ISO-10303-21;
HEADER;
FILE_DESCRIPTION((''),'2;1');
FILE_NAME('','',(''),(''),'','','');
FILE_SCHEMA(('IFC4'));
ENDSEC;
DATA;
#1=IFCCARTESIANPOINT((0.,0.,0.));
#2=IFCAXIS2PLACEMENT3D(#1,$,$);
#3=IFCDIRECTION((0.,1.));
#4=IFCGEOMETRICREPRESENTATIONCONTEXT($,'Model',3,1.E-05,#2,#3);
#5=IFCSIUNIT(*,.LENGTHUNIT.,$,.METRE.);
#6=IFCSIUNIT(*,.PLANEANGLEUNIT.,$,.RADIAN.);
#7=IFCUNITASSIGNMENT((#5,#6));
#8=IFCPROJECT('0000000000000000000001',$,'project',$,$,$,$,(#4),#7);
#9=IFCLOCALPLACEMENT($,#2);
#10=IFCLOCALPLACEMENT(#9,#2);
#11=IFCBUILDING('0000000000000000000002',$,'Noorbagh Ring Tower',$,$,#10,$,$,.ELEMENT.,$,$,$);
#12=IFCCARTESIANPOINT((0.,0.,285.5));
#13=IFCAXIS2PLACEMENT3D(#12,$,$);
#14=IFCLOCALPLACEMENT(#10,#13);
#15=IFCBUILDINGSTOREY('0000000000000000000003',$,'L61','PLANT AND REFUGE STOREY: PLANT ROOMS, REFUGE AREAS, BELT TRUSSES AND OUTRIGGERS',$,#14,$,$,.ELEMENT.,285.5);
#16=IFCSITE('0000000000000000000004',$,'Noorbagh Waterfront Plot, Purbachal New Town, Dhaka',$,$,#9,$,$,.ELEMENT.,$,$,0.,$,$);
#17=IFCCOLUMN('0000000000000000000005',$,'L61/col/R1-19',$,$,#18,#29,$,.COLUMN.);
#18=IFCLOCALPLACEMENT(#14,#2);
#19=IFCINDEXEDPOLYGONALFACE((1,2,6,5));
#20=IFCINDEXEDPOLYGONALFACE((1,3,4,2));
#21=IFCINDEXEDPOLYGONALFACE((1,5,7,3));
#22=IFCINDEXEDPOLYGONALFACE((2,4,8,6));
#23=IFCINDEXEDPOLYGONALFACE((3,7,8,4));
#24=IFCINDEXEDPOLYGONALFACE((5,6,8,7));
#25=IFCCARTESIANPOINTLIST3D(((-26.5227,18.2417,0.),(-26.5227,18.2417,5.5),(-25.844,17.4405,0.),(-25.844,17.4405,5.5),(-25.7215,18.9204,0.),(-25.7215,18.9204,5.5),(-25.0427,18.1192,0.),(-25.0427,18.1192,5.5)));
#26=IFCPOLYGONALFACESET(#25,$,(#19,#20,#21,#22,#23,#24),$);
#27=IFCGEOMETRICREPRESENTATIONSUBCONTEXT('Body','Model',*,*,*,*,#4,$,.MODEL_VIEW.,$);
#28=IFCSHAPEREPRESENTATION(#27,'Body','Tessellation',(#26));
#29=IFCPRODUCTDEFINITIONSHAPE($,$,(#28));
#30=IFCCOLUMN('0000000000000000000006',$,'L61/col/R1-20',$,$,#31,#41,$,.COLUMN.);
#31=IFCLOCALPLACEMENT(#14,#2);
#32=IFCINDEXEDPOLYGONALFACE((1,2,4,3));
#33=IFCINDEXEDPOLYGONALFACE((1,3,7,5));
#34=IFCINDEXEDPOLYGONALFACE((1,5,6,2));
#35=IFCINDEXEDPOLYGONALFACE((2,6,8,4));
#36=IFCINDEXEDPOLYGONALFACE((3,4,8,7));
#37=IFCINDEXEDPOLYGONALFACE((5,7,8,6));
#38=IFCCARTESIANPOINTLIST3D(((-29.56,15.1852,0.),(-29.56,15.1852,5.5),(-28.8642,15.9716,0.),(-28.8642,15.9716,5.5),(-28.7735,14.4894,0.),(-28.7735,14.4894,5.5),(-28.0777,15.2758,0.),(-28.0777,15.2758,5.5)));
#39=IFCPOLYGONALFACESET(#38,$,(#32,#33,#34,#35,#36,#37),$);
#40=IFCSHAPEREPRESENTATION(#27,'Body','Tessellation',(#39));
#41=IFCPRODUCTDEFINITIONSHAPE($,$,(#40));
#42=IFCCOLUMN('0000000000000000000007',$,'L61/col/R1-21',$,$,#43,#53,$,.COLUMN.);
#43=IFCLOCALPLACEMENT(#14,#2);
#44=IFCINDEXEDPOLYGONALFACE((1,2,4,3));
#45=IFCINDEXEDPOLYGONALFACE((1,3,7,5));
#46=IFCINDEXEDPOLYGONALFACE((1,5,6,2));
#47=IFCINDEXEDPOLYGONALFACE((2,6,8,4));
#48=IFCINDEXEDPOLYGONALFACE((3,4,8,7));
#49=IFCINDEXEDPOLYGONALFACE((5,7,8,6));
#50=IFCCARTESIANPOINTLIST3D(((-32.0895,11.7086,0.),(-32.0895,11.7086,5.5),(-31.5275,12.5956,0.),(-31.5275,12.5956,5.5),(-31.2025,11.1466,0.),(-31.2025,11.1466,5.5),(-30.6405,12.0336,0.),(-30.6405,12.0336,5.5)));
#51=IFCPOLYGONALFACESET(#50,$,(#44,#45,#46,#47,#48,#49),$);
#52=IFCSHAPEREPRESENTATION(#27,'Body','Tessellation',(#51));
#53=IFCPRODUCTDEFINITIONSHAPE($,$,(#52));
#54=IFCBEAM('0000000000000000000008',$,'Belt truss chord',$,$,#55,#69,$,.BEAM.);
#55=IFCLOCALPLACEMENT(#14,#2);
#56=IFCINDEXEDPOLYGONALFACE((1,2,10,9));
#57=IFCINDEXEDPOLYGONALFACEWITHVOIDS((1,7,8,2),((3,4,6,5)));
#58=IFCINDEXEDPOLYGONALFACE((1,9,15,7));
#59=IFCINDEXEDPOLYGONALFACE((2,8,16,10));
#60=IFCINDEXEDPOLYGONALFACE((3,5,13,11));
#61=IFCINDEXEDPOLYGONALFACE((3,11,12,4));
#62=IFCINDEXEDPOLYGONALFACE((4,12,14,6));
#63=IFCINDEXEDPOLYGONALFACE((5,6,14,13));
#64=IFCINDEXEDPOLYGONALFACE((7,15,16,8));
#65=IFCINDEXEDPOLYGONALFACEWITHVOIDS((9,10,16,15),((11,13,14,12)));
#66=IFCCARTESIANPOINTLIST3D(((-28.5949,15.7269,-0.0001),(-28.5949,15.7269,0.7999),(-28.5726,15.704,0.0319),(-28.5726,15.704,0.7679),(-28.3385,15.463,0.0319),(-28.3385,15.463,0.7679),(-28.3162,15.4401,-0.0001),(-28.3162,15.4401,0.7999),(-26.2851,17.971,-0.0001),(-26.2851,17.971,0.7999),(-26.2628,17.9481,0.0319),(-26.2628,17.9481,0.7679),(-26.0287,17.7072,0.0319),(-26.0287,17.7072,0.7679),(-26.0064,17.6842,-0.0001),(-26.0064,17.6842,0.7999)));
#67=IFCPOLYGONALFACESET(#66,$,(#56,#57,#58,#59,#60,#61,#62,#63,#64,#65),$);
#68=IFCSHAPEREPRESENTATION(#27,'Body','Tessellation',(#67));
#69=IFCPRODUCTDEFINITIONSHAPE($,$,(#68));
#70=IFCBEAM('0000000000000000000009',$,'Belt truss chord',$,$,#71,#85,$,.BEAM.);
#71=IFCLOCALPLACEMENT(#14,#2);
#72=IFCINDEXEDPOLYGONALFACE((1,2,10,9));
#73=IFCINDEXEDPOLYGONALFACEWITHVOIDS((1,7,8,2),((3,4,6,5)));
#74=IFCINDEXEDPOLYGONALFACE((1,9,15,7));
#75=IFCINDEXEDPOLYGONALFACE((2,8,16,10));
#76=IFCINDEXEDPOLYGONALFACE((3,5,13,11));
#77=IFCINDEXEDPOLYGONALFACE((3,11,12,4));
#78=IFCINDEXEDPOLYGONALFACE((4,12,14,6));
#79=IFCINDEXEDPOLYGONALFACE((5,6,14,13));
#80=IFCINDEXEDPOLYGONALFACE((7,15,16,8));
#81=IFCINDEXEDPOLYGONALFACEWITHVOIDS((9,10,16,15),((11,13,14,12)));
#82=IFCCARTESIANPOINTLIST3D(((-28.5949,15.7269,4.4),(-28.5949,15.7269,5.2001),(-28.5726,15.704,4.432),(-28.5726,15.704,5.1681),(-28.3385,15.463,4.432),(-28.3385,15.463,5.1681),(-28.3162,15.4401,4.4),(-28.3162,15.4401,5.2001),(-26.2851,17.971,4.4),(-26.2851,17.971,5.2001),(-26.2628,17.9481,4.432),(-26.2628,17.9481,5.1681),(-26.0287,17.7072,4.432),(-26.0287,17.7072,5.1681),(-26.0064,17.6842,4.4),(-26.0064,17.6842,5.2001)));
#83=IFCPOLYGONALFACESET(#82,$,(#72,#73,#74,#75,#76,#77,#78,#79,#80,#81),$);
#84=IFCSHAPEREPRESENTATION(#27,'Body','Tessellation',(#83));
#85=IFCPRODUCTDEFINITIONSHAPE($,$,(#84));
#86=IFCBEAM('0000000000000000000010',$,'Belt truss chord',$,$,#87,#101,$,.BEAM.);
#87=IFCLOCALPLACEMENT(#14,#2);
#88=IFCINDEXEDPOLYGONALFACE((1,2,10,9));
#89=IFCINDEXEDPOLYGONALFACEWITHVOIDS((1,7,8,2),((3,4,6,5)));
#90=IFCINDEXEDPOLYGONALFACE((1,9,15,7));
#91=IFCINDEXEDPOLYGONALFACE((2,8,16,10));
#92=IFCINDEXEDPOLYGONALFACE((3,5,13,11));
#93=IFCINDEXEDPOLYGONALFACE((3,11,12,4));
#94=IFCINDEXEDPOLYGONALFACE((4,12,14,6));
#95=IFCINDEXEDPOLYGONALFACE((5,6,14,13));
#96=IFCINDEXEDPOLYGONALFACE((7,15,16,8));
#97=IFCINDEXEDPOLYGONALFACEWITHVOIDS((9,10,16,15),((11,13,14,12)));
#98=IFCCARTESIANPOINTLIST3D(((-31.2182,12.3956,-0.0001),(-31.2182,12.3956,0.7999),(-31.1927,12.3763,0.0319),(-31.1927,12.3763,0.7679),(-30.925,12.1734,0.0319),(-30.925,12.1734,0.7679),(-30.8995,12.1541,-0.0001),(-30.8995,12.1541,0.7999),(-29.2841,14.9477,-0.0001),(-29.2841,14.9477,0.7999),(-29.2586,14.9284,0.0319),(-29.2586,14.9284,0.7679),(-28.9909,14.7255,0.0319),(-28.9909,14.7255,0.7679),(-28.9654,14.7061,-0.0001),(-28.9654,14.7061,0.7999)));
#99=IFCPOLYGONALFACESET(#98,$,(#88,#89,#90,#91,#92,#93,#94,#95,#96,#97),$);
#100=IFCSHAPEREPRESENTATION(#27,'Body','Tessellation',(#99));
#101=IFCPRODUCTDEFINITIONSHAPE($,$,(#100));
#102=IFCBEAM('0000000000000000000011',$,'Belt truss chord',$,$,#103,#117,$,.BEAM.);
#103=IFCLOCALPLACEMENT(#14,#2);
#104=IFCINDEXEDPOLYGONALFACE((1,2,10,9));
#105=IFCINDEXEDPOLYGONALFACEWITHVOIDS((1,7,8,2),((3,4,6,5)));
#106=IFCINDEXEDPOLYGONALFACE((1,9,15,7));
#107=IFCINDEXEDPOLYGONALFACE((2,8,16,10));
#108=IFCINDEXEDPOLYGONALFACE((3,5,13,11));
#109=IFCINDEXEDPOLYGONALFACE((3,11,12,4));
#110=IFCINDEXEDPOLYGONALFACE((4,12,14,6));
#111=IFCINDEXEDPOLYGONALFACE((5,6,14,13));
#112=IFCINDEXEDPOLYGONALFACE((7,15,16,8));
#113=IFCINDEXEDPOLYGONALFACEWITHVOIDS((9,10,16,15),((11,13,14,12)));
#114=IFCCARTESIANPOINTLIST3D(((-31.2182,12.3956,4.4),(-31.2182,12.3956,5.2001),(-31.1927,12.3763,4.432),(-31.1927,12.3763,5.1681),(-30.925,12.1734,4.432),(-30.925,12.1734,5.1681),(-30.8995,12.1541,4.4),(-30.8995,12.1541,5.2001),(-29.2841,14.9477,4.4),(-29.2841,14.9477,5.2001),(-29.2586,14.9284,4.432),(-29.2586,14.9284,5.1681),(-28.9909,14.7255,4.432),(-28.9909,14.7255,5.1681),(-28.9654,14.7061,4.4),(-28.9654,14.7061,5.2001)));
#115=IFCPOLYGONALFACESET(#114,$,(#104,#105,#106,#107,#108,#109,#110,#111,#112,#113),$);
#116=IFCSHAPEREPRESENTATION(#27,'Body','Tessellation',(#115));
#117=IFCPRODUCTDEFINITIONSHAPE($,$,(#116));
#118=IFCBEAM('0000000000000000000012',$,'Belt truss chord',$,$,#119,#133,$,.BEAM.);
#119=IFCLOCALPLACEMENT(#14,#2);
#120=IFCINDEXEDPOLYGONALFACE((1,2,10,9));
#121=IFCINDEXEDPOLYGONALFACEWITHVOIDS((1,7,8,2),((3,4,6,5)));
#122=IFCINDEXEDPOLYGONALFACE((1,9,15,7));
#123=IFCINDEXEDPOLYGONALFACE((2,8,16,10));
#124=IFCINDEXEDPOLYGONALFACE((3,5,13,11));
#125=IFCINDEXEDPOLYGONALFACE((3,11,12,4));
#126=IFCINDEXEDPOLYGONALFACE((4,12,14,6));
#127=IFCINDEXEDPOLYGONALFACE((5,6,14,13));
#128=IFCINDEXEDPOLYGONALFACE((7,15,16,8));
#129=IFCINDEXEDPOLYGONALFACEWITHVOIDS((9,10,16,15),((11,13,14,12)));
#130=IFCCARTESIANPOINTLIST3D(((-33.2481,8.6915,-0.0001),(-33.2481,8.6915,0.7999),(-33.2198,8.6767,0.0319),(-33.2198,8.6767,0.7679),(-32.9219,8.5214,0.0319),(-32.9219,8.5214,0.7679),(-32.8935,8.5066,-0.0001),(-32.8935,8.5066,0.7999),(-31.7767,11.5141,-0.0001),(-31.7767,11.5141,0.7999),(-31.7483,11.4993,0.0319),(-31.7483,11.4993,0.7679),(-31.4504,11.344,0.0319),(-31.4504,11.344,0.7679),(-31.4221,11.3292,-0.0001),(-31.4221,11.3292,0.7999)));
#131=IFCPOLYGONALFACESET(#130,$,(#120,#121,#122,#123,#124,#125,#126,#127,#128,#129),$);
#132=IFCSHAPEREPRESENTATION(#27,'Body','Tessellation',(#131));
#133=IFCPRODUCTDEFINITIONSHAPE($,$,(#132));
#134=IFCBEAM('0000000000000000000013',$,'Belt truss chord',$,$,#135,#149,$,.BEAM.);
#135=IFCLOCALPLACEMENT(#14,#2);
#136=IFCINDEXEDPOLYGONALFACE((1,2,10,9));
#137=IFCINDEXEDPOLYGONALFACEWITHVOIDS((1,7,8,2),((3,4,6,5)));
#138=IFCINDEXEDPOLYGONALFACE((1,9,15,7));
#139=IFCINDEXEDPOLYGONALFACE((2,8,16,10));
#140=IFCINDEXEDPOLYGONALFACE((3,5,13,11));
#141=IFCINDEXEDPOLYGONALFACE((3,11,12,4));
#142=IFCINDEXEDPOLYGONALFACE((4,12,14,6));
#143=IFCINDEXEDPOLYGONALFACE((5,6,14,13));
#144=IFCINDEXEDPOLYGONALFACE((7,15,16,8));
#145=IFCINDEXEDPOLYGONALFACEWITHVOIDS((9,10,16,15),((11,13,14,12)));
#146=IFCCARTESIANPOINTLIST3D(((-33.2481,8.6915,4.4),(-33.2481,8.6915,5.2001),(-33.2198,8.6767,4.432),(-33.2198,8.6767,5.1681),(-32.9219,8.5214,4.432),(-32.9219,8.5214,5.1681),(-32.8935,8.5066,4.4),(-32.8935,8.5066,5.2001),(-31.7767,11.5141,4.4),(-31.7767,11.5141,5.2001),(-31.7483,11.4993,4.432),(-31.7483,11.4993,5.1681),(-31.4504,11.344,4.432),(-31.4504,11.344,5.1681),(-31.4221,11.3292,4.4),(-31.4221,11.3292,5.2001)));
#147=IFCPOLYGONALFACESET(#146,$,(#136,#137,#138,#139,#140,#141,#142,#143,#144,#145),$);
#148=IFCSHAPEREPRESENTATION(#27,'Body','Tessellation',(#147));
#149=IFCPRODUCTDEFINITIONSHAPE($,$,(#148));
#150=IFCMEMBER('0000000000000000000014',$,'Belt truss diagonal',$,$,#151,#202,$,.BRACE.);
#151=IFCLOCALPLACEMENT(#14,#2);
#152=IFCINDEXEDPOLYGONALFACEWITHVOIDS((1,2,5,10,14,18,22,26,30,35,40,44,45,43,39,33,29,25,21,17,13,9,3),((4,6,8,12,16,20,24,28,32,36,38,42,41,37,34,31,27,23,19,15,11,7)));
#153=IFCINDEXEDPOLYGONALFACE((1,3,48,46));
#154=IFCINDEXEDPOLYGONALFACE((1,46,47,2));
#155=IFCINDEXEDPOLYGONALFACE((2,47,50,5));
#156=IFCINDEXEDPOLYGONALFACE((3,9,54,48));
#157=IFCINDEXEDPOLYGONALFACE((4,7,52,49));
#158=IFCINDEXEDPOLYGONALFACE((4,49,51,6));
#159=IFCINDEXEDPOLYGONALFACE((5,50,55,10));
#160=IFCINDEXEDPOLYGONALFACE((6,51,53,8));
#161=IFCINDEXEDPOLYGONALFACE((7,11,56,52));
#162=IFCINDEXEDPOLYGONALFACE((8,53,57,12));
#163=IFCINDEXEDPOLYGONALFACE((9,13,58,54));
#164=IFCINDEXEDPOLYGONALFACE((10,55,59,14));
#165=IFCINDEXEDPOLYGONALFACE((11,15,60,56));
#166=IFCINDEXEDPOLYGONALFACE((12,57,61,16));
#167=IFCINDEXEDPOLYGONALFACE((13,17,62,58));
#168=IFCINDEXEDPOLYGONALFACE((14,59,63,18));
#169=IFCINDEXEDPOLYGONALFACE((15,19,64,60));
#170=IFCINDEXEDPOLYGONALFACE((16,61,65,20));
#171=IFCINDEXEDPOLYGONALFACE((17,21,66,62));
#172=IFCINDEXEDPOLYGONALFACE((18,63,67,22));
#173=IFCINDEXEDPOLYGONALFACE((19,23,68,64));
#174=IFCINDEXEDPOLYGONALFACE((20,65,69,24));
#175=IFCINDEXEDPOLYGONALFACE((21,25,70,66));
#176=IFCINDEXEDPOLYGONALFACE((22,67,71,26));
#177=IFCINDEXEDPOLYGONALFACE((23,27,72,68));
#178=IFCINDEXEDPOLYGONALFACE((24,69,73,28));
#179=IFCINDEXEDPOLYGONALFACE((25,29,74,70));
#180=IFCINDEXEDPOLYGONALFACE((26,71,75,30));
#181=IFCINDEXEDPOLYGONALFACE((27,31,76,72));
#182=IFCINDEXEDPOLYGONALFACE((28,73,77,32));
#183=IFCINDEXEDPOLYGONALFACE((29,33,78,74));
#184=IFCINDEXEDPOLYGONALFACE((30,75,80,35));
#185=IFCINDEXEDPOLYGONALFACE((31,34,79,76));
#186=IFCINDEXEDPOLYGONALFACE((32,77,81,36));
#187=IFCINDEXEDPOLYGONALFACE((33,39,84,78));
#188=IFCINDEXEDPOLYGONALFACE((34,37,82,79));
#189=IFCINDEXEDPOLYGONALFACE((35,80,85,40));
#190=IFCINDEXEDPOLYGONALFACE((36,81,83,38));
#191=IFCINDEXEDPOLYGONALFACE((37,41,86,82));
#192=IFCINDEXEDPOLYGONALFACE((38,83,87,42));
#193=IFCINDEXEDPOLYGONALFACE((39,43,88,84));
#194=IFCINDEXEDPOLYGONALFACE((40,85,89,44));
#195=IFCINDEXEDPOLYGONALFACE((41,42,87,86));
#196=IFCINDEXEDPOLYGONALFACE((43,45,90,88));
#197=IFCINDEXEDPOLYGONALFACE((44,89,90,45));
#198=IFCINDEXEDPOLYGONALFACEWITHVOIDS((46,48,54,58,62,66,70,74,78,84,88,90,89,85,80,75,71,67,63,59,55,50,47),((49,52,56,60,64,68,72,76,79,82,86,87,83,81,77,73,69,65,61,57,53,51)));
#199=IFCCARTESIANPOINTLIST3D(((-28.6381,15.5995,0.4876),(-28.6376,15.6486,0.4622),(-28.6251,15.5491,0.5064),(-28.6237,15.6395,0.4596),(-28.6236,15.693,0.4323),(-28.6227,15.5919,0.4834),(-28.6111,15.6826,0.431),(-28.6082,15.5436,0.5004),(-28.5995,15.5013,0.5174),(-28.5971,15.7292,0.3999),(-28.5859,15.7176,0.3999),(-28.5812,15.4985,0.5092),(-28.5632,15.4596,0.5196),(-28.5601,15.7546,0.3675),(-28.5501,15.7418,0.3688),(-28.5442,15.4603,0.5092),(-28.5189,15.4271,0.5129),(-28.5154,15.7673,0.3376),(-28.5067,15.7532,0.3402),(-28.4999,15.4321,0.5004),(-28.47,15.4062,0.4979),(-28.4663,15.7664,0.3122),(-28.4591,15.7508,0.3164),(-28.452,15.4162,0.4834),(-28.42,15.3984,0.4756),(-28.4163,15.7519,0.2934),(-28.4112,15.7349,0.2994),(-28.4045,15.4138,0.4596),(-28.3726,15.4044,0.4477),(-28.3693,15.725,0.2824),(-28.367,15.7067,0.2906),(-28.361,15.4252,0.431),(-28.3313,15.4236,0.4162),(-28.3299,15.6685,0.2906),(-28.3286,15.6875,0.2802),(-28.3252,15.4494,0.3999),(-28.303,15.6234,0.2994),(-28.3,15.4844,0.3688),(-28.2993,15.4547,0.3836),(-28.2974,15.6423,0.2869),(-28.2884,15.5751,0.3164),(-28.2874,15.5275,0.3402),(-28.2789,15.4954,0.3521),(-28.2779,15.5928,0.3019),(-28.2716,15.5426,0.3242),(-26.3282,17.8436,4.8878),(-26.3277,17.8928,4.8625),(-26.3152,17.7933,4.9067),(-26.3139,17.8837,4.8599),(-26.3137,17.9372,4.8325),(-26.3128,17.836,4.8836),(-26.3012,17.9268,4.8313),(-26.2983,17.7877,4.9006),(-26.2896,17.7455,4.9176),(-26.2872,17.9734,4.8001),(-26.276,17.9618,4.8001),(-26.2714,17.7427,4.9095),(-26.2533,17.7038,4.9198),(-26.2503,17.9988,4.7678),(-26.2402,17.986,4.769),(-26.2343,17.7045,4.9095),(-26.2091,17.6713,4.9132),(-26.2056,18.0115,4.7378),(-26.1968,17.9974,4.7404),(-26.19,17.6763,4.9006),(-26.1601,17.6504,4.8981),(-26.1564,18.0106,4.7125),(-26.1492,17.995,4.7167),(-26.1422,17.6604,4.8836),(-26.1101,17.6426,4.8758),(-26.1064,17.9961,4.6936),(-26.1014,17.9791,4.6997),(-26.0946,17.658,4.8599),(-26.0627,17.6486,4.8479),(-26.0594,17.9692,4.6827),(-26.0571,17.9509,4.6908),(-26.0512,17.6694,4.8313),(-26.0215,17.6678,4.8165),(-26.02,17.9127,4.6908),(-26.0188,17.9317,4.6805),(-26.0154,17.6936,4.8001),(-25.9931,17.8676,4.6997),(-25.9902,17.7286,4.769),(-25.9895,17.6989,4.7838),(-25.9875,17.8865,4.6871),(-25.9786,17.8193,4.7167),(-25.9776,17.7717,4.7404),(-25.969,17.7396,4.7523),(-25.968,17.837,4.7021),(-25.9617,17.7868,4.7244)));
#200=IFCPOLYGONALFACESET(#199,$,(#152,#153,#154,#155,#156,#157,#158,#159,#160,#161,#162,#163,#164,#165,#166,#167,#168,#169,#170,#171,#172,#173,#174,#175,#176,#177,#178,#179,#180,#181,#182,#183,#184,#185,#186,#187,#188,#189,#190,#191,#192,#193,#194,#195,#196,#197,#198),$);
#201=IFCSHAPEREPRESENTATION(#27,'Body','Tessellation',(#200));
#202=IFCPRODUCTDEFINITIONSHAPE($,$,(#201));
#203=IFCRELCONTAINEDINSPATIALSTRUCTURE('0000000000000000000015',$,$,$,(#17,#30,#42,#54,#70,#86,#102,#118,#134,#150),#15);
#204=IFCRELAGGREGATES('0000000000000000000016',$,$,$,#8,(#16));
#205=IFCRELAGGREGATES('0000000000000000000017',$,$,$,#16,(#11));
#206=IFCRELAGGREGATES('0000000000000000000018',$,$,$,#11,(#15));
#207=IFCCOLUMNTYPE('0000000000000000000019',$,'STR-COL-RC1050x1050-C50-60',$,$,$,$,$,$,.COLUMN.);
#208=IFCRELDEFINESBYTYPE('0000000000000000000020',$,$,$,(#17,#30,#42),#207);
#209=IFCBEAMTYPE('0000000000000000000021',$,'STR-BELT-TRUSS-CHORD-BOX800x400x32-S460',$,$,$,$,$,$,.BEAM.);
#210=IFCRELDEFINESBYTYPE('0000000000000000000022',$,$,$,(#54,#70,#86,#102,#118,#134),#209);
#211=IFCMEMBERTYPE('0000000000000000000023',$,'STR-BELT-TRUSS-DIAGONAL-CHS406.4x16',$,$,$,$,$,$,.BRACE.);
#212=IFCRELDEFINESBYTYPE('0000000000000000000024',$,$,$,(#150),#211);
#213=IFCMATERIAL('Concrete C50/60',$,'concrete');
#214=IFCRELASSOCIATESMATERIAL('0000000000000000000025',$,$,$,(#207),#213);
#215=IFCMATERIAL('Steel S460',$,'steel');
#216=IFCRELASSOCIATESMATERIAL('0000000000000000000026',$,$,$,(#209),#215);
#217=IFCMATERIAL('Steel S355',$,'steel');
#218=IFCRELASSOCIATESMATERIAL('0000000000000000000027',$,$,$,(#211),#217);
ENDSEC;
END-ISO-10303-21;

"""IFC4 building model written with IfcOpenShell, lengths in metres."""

from ifc_helpers import new_model, si_unit, direction, frame, origin, origin_2d, place, context, subcontext, project, spatial, rectangle, hollow_rectangle, hollow_circle, extrude, material, material_profile, profile_set, type_object, element, save


model = new_model("IFC4")

# Units and contexts
model_context = context("Model", 3, precision=1e-05, world=origin(), true_north=direction((0.0, 1.0)))
body_context = subcontext(model_context, "Body", "Model", "MODEL_VIEW")
ifc_project = project(units=[si_unit("LENGTHUNIT", "METRE"), si_unit("PLANEANGLEUNIT", "RADIAN")], contexts=[model_context])

# Site, building, storey
site_placement = place(None, origin())
site = spatial("IfcSite", under=ifc_project, at=site_placement, Name="Noorbagh Waterfront Plot, Purbachal New Town, Dhaka", CompositionType="ELEMENT", RefElevation=0.0)
building_placement = place(site_placement, origin())
building = spatial("IfcBuilding", under=site, at=building_placement, Name="Noorbagh Ring Tower", CompositionType="ELEMENT")
storey_placement = place(building_placement, frame((0.0, 0.0, 285.5)))
storey = spatial("IfcBuildingStorey", under=building, at=storey_placement, Name="L61", Description="PLANT AND REFUGE STOREY: PLANT ROOMS, REFUGE AREAS, BELT TRUSSES AND OUTRIGGERS", CompositionType="ELEMENT", Elevation=285.5)

# Columns
ifc_material_1 = material(Name="Concrete C50/60", Category="concrete")
ifc_material_profile_1 = material_profile(ifc_material_1, rectangle(XDim=1.05, YDim=1.05, at=origin_2d()), Name="RC1050x1050")
ifc_profile_set_1 = profile_set([ifc_material_profile_1], Name="Concrete C50/60")
column_type = type_object("IfcColumnType", Name="STR-COL-RC1050x1050-C50-60", PredefinedType="COLUMN", material=ifc_profile_set_1)
for number, where, z_axis, x_axis, name in (
    (1, (-25.7827, 18.1804, 0.0), (0.0, 0.0, 1.0), (-0.763035, -0.646357, 0.0), "L61/col/R1-19"),
    (2, (-28.8188, 15.2305, 0.0), (0.0, 0.0, 1.0), (-0.662636, -0.748942, 0.0), "L61/col/R1-20"),
    (3, (-31.365, 11.8711, 0.0), (0.0, 0.0, 1.0), (-0.53519, -0.844731, 0.0), "L61/col/R1-21"),
):
    element("IfcColumn", number, at=place(storey_placement, frame(where, z_axis=z_axis, x_axis=x_axis)), inside=storey, type_object=column_type, Name=name, PredefinedType="COLUMN", context=body_context, shape_type="SweptSolid", body=[
        extrude(rectangle(XDim=1.05, YDim=1.05, at=origin_2d()), origin(), (0.0, 0.0, 1.0), 5.5),
    ])

# Beams
ifc_material_2 = material(Name="Steel S460", Category="steel")
ifc_material_profile_2 = material_profile(ifc_material_2, hollow_rectangle(XDim=0.3999, YDim=0.8, WallThickness=0.032, at=origin_2d()), Name="BOX800x400x32")
ifc_profile_set_2 = profile_set([ifc_material_profile_2], Name="Steel S460")
beam_type_1 = type_object("IfcBeamType", Name="STR-BELT-TRUSS-CHORD-BOX800x400x32-S460", PredefinedType="BEAM", material=ifc_profile_set_2)
for number, where, z_axis, x_axis, name in (
    (4, (-26.1458, 17.8276, 0.3999), (-0.71723, -0.696837, 0.0), (0.696837, -0.71723, 0.0), "Belt truss chord"),
    (5, (-26.1458, 17.8276, 4.8), (-0.71723, -0.696837, 0.0), (0.696837, -0.71723, 0.0), "Belt truss chord"),
):
    element("IfcBeam", number, at=place(storey_placement, frame(where, z_axis=z_axis, x_axis=x_axis)), inside=storey, type_object=beam_type_1, Name=name, PredefinedType="BEAM", context=body_context, shape_type="SweptSolid", body=[
        extrude(hollow_rectangle(XDim=0.3999, YDim=0.8, WallThickness=0.032, at=origin_2d()), origin(), (0.0, 0.0, 1.0), 3.2205),
    ])
for number, where, z_axis, x_axis, name in (
    (6, (-29.1248, 14.8269, 0.3999), (-0.604006, -0.79698, 0.0), (0.79698, -0.604006, 0.0), "Belt truss chord"),
    (7, (-29.1248, 14.8269, 4.8), (-0.604006, -0.79698, 0.0), (0.79698, -0.604006, 0.0), "Belt truss chord"),
):
    element("IfcBeam", number, at=place(storey_placement, frame(where, z_axis=z_axis, x_axis=x_axis)), inside=storey, type_object=beam_type_1, Name=name, PredefinedType="BEAM", context=body_context, shape_type="SweptSolid", body=[
        extrude(hollow_rectangle(XDim=0.3999, YDim=0.8, WallThickness=0.032, at=origin_2d()), origin(), (0.0, 0.0, 1.0), 3.2021),
    ])
for number, where, z_axis, x_axis, name in (
    (8, (-31.5994, 11.4216, 0.3999), (-0.462275, -0.886737, 0.0), (0.886737, -0.462275, 0.0), "Belt truss chord"),
    (9, (-31.5994, 11.4216, 4.8), (-0.462275, -0.886737, 0.0), (0.886737, -0.462275, 0.0), "Belt truss chord"),
):
    element("IfcBeam", number, at=place(storey_placement, frame(where, z_axis=z_axis, x_axis=x_axis)), inside=storey, type_object=beam_type_1, Name=name, PredefinedType="BEAM", context=body_context, shape_type="SweptSolid", body=[
        extrude(hollow_rectangle(XDim=0.3999, YDim=0.8, WallThickness=0.032, at=origin_2d()), origin(), (0.0, 0.0, 1.0), 3.1831),
    ])

# Member
ifc_material_3 = material(Name="Steel S355", Category="steel")
ifc_material_profile_3 = material_profile(ifc_material_3, hollow_circle(Radius=0.2031, WallThickness=0.0161, at=origin_2d()), Name="CHS406.4x16")
ifc_profile_set_3 = profile_set([ifc_material_profile_3], Name="Steel S355")
member_type_1 = type_object("IfcMemberType", Name="STR-BELT-TRUSS-DIAGONAL-CHS406.4x16", PredefinedType="BRACE", material=ifc_profile_set_3)
member_1_placement = place(storey_placement, frame((-28.4556, 15.5835, 0.3999), z_axis=(0.423604, 0.41156, 0.806956), x_axis=(-0.696837, 0.71723, 0.0)))
element("IfcMember", 10, at=member_1_placement, inside=storey, type_object=member_type_1, Name="Belt truss diagonal", PredefinedType="BRACE", context=body_context, shape_type="SweptSolid", body=[
    extrude(hollow_circle(Radius=0.2031, WallThickness=0.0161, at=origin_2d()), origin(), (0.0, 0.0, 1.0), 5.4529),
])

save(model, "model.ifc")
